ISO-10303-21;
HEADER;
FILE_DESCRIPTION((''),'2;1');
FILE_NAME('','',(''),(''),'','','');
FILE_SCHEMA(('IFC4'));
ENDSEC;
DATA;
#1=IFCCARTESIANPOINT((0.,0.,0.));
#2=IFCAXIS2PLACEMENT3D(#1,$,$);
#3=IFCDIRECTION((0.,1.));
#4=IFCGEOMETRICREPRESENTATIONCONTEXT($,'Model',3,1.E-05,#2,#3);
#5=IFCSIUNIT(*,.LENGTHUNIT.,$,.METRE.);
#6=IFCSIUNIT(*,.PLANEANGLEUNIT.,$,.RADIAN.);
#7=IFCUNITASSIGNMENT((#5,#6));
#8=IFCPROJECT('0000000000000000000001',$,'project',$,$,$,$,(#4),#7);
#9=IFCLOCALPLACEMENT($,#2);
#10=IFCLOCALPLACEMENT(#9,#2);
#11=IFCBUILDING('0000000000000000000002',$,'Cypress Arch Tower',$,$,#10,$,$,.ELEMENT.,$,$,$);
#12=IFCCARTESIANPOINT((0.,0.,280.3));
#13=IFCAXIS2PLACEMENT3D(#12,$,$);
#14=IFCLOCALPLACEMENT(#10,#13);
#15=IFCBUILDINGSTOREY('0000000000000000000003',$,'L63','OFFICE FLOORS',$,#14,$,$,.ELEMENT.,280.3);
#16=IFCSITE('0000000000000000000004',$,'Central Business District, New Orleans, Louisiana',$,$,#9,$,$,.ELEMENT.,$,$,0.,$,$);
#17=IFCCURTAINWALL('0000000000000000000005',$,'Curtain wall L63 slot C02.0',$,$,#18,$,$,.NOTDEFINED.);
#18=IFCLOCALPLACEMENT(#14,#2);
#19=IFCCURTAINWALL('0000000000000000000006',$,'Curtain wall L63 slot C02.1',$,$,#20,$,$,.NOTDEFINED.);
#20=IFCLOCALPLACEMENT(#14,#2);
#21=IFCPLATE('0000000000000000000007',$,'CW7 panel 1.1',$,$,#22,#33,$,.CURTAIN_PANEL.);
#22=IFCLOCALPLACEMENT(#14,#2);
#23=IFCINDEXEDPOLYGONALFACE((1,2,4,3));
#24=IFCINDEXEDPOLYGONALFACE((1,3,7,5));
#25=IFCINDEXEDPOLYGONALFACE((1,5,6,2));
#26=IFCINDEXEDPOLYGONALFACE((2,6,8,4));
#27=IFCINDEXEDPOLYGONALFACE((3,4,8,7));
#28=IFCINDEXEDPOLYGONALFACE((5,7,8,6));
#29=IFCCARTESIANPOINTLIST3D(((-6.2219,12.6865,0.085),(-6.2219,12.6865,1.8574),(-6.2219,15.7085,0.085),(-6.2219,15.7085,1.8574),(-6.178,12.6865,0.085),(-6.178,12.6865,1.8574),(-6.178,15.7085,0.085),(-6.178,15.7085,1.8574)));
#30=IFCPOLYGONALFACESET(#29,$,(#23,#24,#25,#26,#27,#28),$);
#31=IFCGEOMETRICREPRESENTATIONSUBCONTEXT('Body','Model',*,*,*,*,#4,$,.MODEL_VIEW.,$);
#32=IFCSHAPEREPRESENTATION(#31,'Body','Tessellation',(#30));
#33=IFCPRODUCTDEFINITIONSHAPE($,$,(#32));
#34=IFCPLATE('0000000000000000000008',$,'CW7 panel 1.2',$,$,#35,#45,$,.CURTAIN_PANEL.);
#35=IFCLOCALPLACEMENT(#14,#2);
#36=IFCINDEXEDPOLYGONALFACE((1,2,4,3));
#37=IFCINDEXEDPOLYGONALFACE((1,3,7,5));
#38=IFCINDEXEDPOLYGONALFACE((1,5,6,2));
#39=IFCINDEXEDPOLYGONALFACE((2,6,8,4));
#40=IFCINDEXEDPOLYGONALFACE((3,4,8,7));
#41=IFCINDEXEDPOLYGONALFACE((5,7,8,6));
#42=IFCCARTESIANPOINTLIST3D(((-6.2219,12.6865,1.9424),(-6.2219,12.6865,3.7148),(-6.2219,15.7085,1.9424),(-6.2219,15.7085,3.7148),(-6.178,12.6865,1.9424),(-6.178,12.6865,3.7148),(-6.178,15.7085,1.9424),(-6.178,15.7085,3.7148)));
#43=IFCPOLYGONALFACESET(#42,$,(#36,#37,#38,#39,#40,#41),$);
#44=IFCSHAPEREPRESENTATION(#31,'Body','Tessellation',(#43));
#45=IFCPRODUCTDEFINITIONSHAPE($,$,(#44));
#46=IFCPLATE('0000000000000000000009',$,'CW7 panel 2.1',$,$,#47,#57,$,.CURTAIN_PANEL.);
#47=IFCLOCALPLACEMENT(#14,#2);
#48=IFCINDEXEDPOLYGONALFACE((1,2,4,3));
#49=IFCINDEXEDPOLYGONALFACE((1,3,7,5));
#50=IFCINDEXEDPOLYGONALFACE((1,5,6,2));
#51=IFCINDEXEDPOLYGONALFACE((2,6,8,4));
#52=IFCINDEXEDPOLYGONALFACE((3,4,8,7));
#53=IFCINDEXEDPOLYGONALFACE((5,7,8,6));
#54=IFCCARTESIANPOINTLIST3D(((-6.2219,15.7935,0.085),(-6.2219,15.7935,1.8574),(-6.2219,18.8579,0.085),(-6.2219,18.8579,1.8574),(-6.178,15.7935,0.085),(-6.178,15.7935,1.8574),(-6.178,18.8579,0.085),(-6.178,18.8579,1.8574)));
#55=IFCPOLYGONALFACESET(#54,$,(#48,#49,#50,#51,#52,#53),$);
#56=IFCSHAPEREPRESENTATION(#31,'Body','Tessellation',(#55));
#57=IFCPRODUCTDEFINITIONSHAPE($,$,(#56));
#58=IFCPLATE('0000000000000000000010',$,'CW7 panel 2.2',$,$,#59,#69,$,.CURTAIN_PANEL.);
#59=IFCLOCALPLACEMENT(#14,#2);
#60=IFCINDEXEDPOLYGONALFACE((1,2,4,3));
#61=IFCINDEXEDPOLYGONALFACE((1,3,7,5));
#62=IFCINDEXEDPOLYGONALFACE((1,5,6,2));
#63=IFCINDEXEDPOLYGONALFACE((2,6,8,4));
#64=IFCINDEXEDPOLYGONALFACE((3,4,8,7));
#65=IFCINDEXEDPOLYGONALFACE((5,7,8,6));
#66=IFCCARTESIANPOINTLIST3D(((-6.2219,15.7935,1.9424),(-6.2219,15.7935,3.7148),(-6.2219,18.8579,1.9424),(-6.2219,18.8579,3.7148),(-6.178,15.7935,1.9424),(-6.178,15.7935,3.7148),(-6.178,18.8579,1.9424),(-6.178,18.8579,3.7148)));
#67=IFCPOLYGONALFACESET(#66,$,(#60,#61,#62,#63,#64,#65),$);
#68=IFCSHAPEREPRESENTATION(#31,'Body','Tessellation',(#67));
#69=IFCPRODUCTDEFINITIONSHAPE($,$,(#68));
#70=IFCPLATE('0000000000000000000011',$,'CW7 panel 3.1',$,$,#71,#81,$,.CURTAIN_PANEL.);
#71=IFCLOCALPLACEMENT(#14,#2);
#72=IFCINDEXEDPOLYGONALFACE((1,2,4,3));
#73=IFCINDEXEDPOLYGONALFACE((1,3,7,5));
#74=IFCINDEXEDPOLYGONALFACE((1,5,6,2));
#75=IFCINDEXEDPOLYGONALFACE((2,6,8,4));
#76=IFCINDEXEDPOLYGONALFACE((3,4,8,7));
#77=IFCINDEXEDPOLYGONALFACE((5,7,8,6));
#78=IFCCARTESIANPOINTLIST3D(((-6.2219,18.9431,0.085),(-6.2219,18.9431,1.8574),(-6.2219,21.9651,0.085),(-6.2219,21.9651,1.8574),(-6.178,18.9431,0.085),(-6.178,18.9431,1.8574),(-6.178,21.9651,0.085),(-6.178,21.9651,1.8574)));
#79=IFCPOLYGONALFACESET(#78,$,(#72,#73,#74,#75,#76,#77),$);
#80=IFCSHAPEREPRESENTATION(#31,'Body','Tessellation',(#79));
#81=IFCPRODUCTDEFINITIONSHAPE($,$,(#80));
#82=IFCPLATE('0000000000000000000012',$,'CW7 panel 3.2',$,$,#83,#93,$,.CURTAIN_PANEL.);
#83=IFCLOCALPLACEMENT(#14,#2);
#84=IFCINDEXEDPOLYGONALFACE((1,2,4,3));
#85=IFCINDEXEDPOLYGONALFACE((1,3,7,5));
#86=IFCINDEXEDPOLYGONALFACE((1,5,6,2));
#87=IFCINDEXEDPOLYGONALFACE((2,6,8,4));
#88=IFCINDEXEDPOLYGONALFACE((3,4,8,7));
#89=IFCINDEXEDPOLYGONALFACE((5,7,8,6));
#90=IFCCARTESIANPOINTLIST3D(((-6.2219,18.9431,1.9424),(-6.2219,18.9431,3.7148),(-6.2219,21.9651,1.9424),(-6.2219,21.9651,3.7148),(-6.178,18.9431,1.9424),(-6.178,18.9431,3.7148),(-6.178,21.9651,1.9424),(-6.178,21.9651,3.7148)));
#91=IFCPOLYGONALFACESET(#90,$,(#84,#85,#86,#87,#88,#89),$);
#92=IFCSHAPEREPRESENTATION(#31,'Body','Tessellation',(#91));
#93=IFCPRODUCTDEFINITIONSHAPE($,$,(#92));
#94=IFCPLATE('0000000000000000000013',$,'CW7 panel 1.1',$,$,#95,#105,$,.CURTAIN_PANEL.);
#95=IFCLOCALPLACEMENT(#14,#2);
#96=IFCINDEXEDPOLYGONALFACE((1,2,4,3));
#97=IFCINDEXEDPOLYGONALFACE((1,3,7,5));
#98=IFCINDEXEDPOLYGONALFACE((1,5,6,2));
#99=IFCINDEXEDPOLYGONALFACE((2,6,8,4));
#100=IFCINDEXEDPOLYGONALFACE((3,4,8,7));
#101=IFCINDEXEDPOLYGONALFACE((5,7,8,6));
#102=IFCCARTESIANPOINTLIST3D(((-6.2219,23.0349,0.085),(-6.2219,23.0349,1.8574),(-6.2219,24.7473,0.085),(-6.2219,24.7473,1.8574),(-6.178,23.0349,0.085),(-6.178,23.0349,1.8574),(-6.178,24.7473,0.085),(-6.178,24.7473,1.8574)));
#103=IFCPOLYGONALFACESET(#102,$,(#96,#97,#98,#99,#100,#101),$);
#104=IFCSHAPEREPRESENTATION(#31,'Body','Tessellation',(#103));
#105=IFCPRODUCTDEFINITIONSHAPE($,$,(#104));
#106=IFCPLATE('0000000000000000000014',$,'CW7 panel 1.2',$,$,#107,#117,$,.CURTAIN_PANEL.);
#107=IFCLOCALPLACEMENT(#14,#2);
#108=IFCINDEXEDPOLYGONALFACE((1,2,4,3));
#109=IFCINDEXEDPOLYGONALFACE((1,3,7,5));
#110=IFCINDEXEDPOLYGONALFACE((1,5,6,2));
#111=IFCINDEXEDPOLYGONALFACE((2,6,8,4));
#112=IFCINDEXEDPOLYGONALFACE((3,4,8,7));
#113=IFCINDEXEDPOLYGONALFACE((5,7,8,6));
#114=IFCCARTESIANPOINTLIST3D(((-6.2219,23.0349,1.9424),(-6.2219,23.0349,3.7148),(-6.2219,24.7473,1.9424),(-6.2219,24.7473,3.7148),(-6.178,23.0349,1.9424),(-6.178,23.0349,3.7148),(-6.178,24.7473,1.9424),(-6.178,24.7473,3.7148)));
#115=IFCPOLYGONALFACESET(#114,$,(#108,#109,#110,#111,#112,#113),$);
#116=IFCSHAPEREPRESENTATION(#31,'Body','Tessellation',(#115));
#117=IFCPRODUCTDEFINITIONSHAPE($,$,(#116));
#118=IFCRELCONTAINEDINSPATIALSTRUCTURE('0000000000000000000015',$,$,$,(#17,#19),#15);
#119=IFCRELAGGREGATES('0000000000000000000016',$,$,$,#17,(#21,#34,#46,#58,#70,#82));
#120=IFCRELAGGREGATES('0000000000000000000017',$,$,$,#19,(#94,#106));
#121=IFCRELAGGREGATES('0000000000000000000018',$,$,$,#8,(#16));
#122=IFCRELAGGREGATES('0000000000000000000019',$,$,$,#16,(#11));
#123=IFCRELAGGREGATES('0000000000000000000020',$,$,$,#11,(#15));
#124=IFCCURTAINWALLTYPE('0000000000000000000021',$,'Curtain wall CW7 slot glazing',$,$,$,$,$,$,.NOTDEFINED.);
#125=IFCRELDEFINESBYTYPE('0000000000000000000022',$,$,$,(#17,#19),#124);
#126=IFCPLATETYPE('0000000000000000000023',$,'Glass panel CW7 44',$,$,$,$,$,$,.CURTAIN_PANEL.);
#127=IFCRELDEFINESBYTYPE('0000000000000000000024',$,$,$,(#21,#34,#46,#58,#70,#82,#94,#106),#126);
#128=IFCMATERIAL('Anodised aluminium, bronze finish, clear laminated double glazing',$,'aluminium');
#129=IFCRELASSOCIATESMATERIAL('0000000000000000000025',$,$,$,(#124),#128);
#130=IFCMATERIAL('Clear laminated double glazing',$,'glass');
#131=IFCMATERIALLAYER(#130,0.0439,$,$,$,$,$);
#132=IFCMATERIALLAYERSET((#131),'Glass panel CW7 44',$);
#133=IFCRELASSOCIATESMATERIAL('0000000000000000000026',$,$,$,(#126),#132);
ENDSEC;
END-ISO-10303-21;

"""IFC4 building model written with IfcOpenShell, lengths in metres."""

from ifc_helpers import new_model, si_unit, direction, frame, origin, origin_2d, place, context, subcontext, project, spatial, rectangle, extrude, material, layer, layer_set, type_object, element, aggregate, save


model = new_model("IFC4")

# Units and contexts
model_context = context("Model", 3, precision=1e-05, world=origin(), true_north=direction((0.0, 1.0)))
body_context = subcontext(model_context, "Body", "Model", "MODEL_VIEW")
ifc_project = project(units=[si_unit("LENGTHUNIT", "METRE"), si_unit("PLANEANGLEUNIT", "RADIAN")], contexts=[model_context])

# Site, building, storey
site_placement = place(None, origin())
site = spatial("IfcSite", under=ifc_project, at=site_placement, Name="Central Business District, New Orleans, Louisiana", CompositionType="ELEMENT", RefElevation=0.0)
building_placement = place(site_placement, origin())
building = spatial("IfcBuilding", under=site, at=building_placement, Name="Cypress Arch Tower", CompositionType="ELEMENT")
storey_placement = place(building_placement, frame((0.0, 0.0, 280.3)))
storey = spatial("IfcBuildingStorey", under=building, at=storey_placement, Name="L63", Description="OFFICE FLOORS", CompositionType="ELEMENT", Elevation=280.3)

# Shared definitions
ifc_material_1 = material(Name="Anodised aluminium, bronze finish, clear laminated double glazing", Category="aluminium")
curtain_wall_type = type_object("IfcCurtainWallType", Name="Curtain wall CW7 slot glazing", PredefinedType="NOTDEFINED", material=ifc_material_1)

# Curtain walls
curtain_wall_1_placement = place(storey_placement, origin())
curtain_wall_1 = element("IfcCurtainWall", 1, at=curtain_wall_1_placement, inside=storey, type_object=curtain_wall_type, Name="Curtain wall L63 slot C02.0", PredefinedType="NOTDEFINED")
curtain_wall_2_placement = place(storey_placement, origin())
curtain_wall_2 = element("IfcCurtainWall", 2, at=curtain_wall_2_placement, inside=storey, type_object=curtain_wall_type, Name="Curtain wall L63 slot C02.1", PredefinedType="NOTDEFINED")

# Plates
ifc_material_2 = material(Name="Clear laminated double glazing", Category="glass")
ifc_layer = layer(ifc_material_2, 0.0439)
ifc_layer_set = layer_set([ifc_layer], Name="Glass panel CW7 44")
plate_type = type_object("IfcPlateType", Name="Glass panel CW7 44", PredefinedType="CURTAIN_PANEL", material=ifc_layer_set)
plate_1_placement = place(storey_placement, frame((-6.2, 14.1975, 0.085), z_axis=(0.0, 0.0, 1.0), x_axis=(0.0, 1.0, 0.0)))
plate_1 = element("IfcPlate", 3, at=plate_1_placement, type_object=plate_type, Name="CW7 panel 1.1", PredefinedType="CURTAIN_PANEL", context=body_context, shape_type="SweptSolid", body=[
    extrude(rectangle(XDim=3.022, YDim=0.0439, at=origin_2d()), origin(), (0.0, 0.0, 1.0), 1.7725),
])
plate_2_placement = place(storey_placement, frame((-6.2, 14.1975, 1.9424), z_axis=(0.0, 0.0, 1.0), x_axis=(0.0, 1.0, 0.0)))
plate_2 = element("IfcPlate", 4, at=plate_2_placement, type_object=plate_type, Name="CW7 panel 1.2", PredefinedType="CURTAIN_PANEL", context=body_context, shape_type="SweptSolid", body=[
    extrude(rectangle(XDim=3.022, YDim=0.0439, at=origin_2d()), origin(), (0.0, 0.0, 1.0), 1.7725),
])
plate_3_placement = place(storey_placement, frame((-6.2, 17.3257, 0.085), z_axis=(0.0, 0.0, 1.0), x_axis=(0.0, 1.0, 0.0)))
plate_3 = element("IfcPlate", 5, at=plate_3_placement, type_object=plate_type, Name="CW7 panel 2.1", PredefinedType="CURTAIN_PANEL", context=body_context, shape_type="SweptSolid", body=[
    extrude(rectangle(XDim=3.0645, YDim=0.0439, at=origin_2d()), origin(), (0.0, 0.0, 1.0), 1.7725),
])
plate_4_placement = place(storey_placement, frame((-6.2, 17.3257, 1.9424), z_axis=(0.0, 0.0, 1.0), x_axis=(0.0, 1.0, 0.0)))
plate_4 = element("IfcPlate", 6, at=plate_4_placement, type_object=plate_type, Name="CW7 panel 2.2", PredefinedType="CURTAIN_PANEL", context=body_context, shape_type="SweptSolid", body=[
    extrude(rectangle(XDim=3.0645, YDim=0.0439, at=origin_2d()), origin(), (0.0, 0.0, 1.0), 1.7725),
])
plate_5_placement = place(storey_placement, frame((-6.2, 20.4541, 0.085), z_axis=(0.0, 0.0, 1.0), x_axis=(0.0, 1.0, 0.0)))
plate_5 = element("IfcPlate", 7, at=plate_5_placement, type_object=plate_type, Name="CW7 panel 3.1", PredefinedType="CURTAIN_PANEL", context=body_context, shape_type="SweptSolid", body=[
    extrude(rectangle(XDim=3.022, YDim=0.0439, at=origin_2d()), origin(), (0.0, 0.0, 1.0), 1.7725),
])
plate_6_placement = place(storey_placement, frame((-6.2, 20.4541, 1.9424), z_axis=(0.0, 0.0, 1.0), x_axis=(0.0, 1.0, 0.0)))
plate_6 = element("IfcPlate", 8, at=plate_6_placement, type_object=plate_type, Name="CW7 panel 3.2", PredefinedType="CURTAIN_PANEL", context=body_context, shape_type="SweptSolid", body=[
    extrude(rectangle(XDim=3.022, YDim=0.0439, at=origin_2d()), origin(), (0.0, 0.0, 1.0), 1.7725),
])
aggregate(curtain_wall_1, [plate_1, plate_2, plate_3, plate_4, plate_5, plate_6])
plate_7_placement = place(storey_placement, frame((-6.2, 23.8911, 0.085), z_axis=(0.0, 0.0, 1.0), x_axis=(0.0, 1.0, 0.0)))
plate_7 = element("IfcPlate", 9, at=plate_7_placement, type_object=plate_type, Name="CW7 panel 1.1", PredefinedType="CURTAIN_PANEL", context=body_context, shape_type="SweptSolid", body=[
    extrude(rectangle(XDim=1.7124, YDim=0.0439, at=origin_2d()), origin(), (0.0, 0.0, 1.0), 1.7725),
])
plate_8_placement = place(storey_placement, frame((-6.2, 23.8911, 1.9424), z_axis=(0.0, 0.0, 1.0), x_axis=(0.0, 1.0, 0.0)))
plate_8 = element("IfcPlate", 10, at=plate_8_placement, type_object=plate_type, Name="CW7 panel 1.2", PredefinedType="CURTAIN_PANEL", context=body_context, shape_type="SweptSolid", body=[
    extrude(rectangle(XDim=1.7124, YDim=0.0439, at=origin_2d()), origin(), (0.0, 0.0, 1.0), 1.7725),
])
aggregate(curtain_wall_2, [plate_7, plate_8])

save(model, "model.ifc")
